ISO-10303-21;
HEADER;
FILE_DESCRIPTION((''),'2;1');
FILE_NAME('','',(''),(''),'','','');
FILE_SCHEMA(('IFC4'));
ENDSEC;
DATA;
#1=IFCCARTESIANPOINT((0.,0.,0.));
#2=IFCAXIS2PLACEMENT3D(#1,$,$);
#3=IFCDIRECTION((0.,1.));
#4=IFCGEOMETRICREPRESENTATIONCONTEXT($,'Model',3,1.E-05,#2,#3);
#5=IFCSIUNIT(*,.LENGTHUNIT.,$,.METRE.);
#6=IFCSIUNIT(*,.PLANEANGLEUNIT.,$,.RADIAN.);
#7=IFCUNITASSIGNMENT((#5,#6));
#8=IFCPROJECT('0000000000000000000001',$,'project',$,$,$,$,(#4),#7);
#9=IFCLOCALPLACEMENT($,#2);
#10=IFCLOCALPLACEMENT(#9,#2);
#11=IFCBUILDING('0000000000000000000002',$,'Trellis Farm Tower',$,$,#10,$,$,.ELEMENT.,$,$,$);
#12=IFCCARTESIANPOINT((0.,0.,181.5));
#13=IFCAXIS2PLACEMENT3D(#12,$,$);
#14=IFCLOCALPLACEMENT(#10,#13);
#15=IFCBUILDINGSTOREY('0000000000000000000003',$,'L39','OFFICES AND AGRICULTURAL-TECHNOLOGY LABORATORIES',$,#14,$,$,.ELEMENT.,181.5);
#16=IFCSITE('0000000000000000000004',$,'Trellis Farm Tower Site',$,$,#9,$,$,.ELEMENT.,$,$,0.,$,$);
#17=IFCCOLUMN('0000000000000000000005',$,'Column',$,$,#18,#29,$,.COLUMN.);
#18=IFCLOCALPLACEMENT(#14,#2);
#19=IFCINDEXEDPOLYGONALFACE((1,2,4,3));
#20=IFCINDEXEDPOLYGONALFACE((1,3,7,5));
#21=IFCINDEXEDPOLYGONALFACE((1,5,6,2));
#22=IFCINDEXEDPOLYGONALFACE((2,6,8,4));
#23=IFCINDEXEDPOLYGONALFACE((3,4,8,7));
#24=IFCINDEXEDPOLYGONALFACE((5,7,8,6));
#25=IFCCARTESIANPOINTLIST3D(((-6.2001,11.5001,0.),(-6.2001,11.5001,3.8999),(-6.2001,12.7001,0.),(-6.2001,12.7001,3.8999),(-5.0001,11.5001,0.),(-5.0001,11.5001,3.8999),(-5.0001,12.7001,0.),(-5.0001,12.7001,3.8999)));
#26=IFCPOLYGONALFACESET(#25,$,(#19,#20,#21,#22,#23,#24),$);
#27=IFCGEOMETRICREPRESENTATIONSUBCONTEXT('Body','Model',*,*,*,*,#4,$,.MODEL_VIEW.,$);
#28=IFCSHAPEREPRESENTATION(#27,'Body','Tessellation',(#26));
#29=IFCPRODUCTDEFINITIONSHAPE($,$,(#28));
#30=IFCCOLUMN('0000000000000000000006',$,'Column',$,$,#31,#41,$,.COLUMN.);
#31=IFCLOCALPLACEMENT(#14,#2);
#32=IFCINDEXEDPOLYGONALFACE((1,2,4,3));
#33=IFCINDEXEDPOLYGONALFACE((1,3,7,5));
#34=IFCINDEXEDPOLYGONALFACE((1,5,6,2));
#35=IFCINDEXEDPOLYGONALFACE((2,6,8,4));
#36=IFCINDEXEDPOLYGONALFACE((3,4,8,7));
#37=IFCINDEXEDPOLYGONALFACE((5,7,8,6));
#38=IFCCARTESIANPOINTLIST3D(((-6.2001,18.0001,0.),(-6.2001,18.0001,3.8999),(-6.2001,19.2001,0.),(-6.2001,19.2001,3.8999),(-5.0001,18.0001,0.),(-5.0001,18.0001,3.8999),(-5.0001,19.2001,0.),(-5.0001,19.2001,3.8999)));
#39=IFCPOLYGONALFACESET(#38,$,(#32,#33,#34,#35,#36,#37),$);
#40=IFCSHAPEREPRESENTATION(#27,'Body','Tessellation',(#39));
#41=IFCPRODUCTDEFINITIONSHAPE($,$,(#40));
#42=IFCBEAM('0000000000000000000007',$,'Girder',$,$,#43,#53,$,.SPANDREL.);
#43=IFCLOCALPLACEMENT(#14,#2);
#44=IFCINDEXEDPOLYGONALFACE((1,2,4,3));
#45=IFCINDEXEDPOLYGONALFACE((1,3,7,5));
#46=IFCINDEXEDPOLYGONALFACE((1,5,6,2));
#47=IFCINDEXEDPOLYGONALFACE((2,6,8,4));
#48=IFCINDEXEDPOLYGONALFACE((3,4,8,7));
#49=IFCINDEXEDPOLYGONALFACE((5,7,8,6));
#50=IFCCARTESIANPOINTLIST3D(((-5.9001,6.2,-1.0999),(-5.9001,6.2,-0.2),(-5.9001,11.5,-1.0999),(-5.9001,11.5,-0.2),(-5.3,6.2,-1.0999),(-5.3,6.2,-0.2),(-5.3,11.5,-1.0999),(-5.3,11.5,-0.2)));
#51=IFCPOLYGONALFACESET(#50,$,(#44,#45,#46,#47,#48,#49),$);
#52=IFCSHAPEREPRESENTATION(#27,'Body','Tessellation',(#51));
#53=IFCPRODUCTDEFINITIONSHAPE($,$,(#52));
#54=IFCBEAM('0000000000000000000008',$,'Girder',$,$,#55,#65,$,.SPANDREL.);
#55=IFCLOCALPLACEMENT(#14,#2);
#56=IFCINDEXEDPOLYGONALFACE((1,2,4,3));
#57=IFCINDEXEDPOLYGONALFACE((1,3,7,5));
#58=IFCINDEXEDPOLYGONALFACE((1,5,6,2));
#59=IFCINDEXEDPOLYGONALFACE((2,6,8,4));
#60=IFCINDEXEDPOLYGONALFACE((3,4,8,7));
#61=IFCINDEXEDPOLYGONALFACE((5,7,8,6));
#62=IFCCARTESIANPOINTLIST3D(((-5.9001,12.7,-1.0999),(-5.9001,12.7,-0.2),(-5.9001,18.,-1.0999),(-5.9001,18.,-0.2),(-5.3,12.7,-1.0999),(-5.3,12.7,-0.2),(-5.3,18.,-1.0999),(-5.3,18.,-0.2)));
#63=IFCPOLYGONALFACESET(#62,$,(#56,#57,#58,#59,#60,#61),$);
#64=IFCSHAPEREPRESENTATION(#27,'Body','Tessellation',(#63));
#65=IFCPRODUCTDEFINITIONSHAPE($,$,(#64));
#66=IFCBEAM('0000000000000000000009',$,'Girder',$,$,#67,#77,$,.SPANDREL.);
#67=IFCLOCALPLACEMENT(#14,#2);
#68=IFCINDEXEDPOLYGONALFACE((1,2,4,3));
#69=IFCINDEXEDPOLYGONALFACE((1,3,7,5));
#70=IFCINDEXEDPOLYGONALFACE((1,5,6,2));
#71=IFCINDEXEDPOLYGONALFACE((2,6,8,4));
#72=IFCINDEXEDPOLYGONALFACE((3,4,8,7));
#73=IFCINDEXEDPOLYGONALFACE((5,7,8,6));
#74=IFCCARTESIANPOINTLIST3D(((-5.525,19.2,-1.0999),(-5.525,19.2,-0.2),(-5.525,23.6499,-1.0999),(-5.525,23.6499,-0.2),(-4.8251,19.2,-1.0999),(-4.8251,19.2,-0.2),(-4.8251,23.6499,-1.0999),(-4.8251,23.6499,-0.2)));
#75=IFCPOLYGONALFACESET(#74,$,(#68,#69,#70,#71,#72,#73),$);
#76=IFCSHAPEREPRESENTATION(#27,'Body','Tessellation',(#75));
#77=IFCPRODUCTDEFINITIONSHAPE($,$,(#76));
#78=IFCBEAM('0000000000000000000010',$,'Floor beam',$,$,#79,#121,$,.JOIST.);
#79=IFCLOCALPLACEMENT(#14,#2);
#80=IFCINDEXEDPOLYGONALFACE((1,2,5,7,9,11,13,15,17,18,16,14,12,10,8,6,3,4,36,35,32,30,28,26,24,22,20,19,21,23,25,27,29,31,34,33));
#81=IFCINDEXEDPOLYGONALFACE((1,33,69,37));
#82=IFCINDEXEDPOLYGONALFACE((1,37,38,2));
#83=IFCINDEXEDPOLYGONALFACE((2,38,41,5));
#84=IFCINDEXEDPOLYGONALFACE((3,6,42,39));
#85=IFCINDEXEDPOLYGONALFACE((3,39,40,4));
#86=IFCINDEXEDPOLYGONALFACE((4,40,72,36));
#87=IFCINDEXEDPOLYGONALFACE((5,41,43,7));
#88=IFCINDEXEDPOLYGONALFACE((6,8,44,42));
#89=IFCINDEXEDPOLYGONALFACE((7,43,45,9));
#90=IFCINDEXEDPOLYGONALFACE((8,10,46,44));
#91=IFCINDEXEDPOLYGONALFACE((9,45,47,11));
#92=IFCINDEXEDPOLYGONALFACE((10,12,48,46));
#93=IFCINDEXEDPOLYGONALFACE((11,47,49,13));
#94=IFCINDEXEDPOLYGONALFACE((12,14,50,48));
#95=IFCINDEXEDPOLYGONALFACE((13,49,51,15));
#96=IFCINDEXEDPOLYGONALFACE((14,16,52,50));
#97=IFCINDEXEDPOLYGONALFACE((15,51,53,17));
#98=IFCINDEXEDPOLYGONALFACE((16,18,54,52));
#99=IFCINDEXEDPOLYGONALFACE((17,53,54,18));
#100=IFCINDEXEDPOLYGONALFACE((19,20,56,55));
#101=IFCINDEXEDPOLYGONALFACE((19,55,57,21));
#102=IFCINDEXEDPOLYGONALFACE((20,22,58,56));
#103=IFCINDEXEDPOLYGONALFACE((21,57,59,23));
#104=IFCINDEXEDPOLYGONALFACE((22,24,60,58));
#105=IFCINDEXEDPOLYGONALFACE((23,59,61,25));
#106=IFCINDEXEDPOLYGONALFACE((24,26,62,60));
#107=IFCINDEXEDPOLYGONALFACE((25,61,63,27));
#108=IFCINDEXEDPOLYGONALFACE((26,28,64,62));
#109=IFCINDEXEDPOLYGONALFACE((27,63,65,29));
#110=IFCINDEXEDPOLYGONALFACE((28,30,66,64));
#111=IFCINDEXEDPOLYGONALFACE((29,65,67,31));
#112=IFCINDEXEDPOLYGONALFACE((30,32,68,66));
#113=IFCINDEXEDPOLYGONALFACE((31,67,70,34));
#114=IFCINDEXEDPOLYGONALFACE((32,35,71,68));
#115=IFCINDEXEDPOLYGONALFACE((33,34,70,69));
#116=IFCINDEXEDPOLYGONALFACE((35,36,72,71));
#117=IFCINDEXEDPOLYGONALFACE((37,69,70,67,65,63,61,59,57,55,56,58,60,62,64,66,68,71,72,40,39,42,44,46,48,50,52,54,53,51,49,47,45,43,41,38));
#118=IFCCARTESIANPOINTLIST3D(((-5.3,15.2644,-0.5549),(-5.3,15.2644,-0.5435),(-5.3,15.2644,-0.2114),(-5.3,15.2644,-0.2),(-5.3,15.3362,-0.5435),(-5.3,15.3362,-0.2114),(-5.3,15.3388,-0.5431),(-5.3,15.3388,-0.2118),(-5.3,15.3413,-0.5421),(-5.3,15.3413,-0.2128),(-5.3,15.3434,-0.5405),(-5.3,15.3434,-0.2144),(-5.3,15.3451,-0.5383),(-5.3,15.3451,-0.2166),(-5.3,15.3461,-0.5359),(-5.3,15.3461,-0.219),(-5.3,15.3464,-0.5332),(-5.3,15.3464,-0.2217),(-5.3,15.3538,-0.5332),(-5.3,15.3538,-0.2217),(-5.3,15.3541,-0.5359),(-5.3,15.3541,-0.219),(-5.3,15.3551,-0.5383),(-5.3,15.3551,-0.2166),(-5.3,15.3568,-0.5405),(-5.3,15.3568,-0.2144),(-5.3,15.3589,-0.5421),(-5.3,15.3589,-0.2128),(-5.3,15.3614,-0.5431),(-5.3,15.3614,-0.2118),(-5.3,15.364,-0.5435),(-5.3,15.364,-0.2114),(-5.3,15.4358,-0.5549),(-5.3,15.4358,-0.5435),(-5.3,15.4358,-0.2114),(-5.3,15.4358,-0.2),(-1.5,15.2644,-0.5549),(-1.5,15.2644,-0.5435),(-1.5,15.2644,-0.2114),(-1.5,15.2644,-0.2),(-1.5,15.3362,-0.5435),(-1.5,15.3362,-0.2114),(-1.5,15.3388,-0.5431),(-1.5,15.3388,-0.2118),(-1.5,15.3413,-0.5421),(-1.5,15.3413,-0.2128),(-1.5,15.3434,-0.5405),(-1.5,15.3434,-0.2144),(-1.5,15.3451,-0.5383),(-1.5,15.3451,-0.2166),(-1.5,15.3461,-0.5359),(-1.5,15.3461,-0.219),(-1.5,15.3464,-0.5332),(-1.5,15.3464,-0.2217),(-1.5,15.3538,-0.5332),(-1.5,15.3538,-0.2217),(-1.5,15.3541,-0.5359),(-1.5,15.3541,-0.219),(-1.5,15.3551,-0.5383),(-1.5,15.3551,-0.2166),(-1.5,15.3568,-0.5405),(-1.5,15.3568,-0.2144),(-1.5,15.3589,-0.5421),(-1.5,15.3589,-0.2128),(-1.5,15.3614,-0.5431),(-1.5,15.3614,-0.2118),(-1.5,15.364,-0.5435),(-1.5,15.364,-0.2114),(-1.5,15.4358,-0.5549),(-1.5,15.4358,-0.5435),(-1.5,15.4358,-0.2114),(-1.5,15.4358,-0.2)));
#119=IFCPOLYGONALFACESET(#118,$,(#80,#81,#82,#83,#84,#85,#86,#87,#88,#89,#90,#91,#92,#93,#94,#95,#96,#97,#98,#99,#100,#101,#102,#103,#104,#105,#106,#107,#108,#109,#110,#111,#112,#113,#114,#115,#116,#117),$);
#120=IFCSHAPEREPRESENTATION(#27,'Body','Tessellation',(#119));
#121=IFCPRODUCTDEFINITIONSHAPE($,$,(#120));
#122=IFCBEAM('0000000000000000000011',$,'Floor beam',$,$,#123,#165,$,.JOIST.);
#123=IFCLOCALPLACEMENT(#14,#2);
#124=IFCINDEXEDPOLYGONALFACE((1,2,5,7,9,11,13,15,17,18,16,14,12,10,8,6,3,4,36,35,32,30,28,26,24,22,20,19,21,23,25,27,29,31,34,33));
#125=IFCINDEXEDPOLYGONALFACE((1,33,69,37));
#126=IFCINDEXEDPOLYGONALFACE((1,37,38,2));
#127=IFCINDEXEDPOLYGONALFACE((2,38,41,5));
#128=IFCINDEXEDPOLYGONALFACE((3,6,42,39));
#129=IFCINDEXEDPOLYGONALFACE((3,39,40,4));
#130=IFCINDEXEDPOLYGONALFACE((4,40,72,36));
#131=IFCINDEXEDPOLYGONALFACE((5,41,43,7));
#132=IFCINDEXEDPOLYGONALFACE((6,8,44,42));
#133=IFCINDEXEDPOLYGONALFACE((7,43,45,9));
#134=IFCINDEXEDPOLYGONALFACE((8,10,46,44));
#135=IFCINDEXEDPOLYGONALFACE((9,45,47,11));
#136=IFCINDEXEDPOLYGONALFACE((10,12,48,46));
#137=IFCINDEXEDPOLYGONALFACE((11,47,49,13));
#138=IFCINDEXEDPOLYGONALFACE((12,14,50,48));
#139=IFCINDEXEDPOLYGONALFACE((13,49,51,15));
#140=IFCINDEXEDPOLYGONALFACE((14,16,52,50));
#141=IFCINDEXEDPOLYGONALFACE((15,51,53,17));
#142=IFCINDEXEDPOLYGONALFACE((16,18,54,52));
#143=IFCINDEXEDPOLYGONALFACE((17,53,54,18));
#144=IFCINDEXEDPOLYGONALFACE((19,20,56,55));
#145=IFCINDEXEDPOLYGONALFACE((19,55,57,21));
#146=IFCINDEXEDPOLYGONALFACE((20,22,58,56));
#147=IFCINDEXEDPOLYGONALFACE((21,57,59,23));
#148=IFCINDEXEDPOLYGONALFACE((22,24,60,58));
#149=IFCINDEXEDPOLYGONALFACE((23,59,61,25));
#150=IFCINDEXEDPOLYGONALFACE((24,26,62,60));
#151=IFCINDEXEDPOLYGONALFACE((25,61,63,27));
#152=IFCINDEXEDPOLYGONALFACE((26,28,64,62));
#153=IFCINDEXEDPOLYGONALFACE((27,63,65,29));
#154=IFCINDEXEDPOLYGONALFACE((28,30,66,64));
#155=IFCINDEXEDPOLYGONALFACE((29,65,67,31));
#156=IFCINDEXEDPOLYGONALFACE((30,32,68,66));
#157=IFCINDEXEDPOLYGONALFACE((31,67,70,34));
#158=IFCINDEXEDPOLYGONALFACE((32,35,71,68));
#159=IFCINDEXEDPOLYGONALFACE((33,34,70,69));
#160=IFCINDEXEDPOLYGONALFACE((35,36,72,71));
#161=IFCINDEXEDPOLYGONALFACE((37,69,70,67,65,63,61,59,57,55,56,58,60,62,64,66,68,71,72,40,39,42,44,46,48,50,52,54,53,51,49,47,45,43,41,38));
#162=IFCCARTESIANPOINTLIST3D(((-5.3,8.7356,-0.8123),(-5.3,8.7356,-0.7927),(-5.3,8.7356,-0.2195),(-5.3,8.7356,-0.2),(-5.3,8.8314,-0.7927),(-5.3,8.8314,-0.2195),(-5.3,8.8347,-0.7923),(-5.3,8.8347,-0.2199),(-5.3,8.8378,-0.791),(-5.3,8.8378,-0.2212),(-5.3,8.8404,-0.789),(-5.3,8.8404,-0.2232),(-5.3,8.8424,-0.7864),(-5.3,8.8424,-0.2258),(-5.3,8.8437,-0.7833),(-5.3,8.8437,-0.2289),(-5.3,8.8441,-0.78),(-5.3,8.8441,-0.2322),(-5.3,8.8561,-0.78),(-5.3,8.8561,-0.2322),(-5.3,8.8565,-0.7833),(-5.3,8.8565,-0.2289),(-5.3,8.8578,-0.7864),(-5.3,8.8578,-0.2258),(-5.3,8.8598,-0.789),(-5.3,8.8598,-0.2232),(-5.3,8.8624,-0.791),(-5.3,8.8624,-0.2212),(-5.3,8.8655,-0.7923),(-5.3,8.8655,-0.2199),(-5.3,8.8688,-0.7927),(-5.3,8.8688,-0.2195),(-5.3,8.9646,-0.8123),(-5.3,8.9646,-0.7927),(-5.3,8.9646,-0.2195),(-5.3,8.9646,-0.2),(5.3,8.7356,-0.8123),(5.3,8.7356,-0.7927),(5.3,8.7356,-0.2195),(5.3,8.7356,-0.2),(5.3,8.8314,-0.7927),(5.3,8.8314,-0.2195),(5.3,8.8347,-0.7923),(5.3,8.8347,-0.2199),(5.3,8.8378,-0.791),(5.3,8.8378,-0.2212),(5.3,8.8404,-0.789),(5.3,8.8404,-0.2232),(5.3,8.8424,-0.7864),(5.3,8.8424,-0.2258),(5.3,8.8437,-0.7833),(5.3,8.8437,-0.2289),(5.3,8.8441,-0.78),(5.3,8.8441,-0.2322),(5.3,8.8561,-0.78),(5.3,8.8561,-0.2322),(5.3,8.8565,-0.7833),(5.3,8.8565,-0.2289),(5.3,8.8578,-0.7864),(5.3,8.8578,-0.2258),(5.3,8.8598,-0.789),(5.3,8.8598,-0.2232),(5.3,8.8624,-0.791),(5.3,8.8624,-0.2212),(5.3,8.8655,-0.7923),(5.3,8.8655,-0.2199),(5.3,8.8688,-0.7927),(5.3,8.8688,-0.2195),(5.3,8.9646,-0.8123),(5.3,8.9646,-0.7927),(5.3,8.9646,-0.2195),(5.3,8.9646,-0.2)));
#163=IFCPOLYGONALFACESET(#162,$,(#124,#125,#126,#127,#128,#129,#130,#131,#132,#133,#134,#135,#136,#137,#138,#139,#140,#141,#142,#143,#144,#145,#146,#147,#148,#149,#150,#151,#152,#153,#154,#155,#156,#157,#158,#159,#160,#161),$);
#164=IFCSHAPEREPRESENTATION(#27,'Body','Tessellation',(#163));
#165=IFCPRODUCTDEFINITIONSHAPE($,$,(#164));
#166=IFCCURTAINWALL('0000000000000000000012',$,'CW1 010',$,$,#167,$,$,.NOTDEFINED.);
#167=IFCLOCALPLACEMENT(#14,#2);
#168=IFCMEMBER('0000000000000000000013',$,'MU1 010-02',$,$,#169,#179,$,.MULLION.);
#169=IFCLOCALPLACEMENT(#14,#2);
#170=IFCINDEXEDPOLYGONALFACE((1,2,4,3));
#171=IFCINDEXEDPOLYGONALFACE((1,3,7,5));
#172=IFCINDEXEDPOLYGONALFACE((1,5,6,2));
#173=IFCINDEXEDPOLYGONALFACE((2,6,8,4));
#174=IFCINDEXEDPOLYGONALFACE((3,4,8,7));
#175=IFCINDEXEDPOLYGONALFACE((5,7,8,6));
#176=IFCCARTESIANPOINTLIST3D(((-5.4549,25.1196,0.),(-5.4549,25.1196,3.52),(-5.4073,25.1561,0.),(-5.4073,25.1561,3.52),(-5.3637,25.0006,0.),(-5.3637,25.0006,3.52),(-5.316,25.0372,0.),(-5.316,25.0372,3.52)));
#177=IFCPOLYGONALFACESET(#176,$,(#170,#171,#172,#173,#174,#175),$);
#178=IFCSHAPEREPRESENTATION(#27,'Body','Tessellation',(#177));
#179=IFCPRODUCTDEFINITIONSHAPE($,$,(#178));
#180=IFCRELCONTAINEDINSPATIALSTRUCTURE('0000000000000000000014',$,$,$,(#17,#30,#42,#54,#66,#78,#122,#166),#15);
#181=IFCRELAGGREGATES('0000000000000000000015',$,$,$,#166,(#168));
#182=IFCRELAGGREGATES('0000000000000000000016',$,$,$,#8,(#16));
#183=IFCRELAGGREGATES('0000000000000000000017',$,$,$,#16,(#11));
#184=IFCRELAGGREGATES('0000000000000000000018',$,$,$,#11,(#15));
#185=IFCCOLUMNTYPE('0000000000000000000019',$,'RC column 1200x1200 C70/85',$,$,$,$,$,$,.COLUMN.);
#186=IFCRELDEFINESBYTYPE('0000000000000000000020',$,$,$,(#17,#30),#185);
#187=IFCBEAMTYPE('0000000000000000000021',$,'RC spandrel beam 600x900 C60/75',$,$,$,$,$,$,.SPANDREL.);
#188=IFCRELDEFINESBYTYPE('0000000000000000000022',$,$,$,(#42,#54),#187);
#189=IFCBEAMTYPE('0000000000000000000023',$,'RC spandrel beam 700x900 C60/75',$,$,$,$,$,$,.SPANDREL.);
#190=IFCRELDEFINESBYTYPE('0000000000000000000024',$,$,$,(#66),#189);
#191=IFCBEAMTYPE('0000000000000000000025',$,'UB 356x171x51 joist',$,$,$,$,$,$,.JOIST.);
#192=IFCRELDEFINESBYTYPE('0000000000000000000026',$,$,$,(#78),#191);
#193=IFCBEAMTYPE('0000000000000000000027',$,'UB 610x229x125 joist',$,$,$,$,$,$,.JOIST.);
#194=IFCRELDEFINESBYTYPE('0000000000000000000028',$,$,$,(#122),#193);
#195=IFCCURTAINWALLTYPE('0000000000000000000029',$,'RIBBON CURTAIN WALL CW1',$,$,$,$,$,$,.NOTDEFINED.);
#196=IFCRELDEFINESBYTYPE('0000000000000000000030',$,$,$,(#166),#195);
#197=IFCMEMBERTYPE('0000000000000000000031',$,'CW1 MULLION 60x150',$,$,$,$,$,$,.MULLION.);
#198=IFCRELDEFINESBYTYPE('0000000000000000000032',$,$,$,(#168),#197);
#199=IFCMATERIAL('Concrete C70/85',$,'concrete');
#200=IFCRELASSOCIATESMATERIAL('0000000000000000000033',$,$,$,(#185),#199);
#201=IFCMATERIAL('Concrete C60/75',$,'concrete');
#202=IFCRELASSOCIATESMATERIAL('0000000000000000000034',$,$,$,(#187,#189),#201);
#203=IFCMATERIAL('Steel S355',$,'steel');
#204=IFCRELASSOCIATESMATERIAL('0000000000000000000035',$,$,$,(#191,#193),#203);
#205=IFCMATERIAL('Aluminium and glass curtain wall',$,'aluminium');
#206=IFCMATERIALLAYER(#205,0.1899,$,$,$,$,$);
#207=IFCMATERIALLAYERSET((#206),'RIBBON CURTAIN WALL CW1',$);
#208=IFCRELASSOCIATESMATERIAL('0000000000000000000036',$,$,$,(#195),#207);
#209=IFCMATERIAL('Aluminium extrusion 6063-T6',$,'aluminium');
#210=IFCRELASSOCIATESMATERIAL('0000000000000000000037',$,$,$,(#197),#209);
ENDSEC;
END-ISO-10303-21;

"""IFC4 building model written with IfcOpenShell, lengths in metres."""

from ifc_helpers import new_model, si_unit, direction, frame, origin, origin_2d, place, context, subcontext, project, spatial, rectangle, i_section, extrude, source, transform, mapped, material, layer, layer_set, material_profile, profile_set, type_object, element, aggregate, save


model = new_model("IFC4")

# Units and contexts
model_context = context("Model", 3, precision=1e-05, world=origin(), true_north=direction((0.0, 1.0)))
body_context = subcontext(model_context, "Body", "Model", "MODEL_VIEW")
ifc_project = project(units=[si_unit("LENGTHUNIT", "METRE"), si_unit("PLANEANGLEUNIT", "RADIAN")], contexts=[model_context])

# Site, building, storey
site_placement = place(None, origin())
site = spatial("IfcSite", under=ifc_project, at=site_placement, Name="Trellis Farm Tower Site", CompositionType="ELEMENT", RefElevation=0.0)
building_placement = place(site_placement, origin())
building = spatial("IfcBuilding", under=site, at=building_placement, Name="Trellis Farm Tower", CompositionType="ELEMENT")
storey_placement = place(building_placement, frame((0.0, 0.0, 181.5)))
storey = spatial("IfcBuildingStorey", under=building, at=storey_placement, Name="L39", Description="OFFICES AND AGRICULTURAL-TECHNOLOGY LABORATORIES", CompositionType="ELEMENT", Elevation=181.5)

# Columns
ifc_material_1 = material(Name="Concrete C70/85", Category="concrete")
ifc_material_profile_1 = material_profile(ifc_material_1, rectangle(XDim=1.2, YDim=1.2, at=origin_2d()), Name="RC column 1200x1200 C70/85")
ifc_profile_set_1 = profile_set([ifc_material_profile_1], Name="Concrete C70/85")
column_type = type_object("IfcColumnType", Name="RC column 1200x1200 C70/85", PredefinedType="COLUMN", material=ifc_profile_set_1)
shared_shape_1 = source(origin(), body_context, "Body", "SweptSolid", [
    extrude(rectangle(XDim=1.2, YDim=1.2, at=origin_2d()), origin(), (0.0, 0.0, 1.0), 3.8999),
])
for number, where, z_axis, x_axis, name in (
    (1, (-5.6001, 12.1001, 0.0), (0.0, 0.0, 1.0), (1.0, 0.0, 0.0), "Column"),
    (2, (-5.6001, 18.6001, 0.0), (0.0, 0.0, 1.0), (1.0, 0.0, 0.0), "Column"),
):
    element("IfcColumn", number, at=place(storey_placement, frame(where, z_axis=z_axis, x_axis=x_axis)), inside=storey, type_object=column_type, Name=name, PredefinedType="COLUMN", context=body_context, shape_type="MappedRepresentation", body=[
        mapped(shared_shape_1, transform((0.0, 0.0, 0.0))),
    ])

# Beams
ifc_material_2 = material(Name="Concrete C60/75", Category="concrete")
ifc_material_profile_2 = material_profile(ifc_material_2, rectangle(XDim=0.6001, YDim=0.8999, at=origin_2d()), Name="RC spandrel beam 600x900 C60/75")
ifc_profile_set_2 = profile_set([ifc_material_profile_2], Name="Concrete C60/75")
beam_type_1 = type_object("IfcBeamType", Name="RC spandrel beam 600x900 C60/75", PredefinedType="SPANDREL", material=ifc_profile_set_2)
shared_shape_2 = source(origin(), body_context, "Body", "SweptSolid", [
    extrude(rectangle(XDim=0.6001, YDim=0.8999, at=origin_2d()), origin(), (0.0, 0.0, 1.0), 5.3),
])
for number, where, z_axis, x_axis, name in (
    (3, (-5.6001, 6.2, -0.6499), (0.0, 1.0, 0.0), (-1.0, 0.0, 0.0), "Girder"),
    (4, (-5.6001, 12.7, -0.6499), (0.0, 1.0, 0.0), (-1.0, 0.0, 0.0), "Girder"),
):
    element("IfcBeam", number, at=place(storey_placement, frame(where, z_axis=z_axis, x_axis=x_axis)), inside=storey, type_object=beam_type_1, Name=name, PredefinedType="SPANDREL", context=body_context, shape_type="MappedRepresentation", body=[
        mapped(shared_shape_2, transform((0.0, 0.0, 0.0))),
    ])
ifc_material_profile_3 = material_profile(ifc_material_2, rectangle(XDim=0.7, YDim=0.8999, at=origin_2d()), Name="RC spandrel beam 700x900 C60/75")
ifc_profile_set_3 = profile_set([ifc_material_profile_3], Name="Concrete C60/75")
beam_type_2 = type_object("IfcBeamType", Name="RC spandrel beam 700x900 C60/75", PredefinedType="SPANDREL", material=ifc_profile_set_3)
shared_shape_3 = source(origin(), body_context, "Body", "SweptSolid", [
    extrude(rectangle(XDim=0.7, YDim=0.8999, at=origin_2d()), origin(), (0.0, 0.0, 1.0), 4.45),
])
beam_1_placement = place(storey_placement, frame((-5.175, 19.2, -0.6499), z_axis=(0.0, 1.0, 0.0), x_axis=(-1.0, 0.0, 0.0)))
element("IfcBeam", 5, at=beam_1_placement, inside=storey, type_object=beam_type_2, Name="Girder", PredefinedType="SPANDREL", context=body_context, shape_type="MappedRepresentation", body=[
    mapped(shared_shape_3, transform((0.0, 0.0, 0.0))),
])
ifc_material_3 = material(Name="Steel S355", Category="steel")
ifc_material_profile_4 = material_profile(ifc_material_3, i_section(OverallWidth=0.1714, OverallDepth=0.355, WebThickness=0.0073, FlangeThickness=0.0115, FilletRadius=0.0103, at=origin_2d()), Name="UB 356x171x51")
ifc_profile_set_4 = profile_set([ifc_material_profile_4], Name="Steel S355")
beam_type_3 = type_object("IfcBeamType", Name="UB 356x171x51 joist", PredefinedType="JOIST", material=ifc_profile_set_4)
shared_shape_4 = source(origin(), body_context, "Body", "SweptSolid", [
    extrude(i_section(OverallWidth=0.1714, OverallDepth=0.355, WebThickness=0.0073, FlangeThickness=0.0115, FilletRadius=0.0103, at=origin_2d()), origin(), (0.0, 0.0, 1.0), 3.8),
])
beam_2_placement = place(storey_placement, frame((-5.3, 15.3501, -0.3774), z_axis=(1.0, 0.0, 0.0), x_axis=(0.0, 1.0, 0.0)))
element("IfcBeam", 6, at=beam_2_placement, inside=storey, type_object=beam_type_3, Name="Floor beam", PredefinedType="JOIST", context=body_context, shape_type="MappedRepresentation", body=[
    mapped(shared_shape_4, transform((0.0, 0.0, 0.0))),
])
ifc_material_profile_5 = material_profile(ifc_material_3, i_section(OverallWidth=0.229, OverallDepth=0.6123, WebThickness=0.012, FlangeThickness=0.0195, FilletRadius=0.0127, at=origin_2d()), Name="UB 610x229x125")
ifc_profile_set_5 = profile_set([ifc_material_profile_5], Name="Steel S355")
beam_type_4 = type_object("IfcBeamType", Name="UB 610x229x125 joist", PredefinedType="JOIST", material=ifc_profile_set_5)
shared_shape_5 = source(origin(), body_context, "Body", "SweptSolid", [
    extrude(i_section(OverallWidth=0.229, OverallDepth=0.6123, WebThickness=0.012, FlangeThickness=0.0195, FilletRadius=0.0127, at=origin_2d()), origin(), (0.0, 0.0, 1.0), 10.6001),
])
beam_3_placement = place(storey_placement, frame((-5.3, 8.8501, -0.5061), z_axis=(1.0, 0.0, 0.0), x_axis=(0.0, 1.0, 0.0)))
element("IfcBeam", 7, at=beam_3_placement, inside=storey, type_object=beam_type_4, Name="Floor beam", PredefinedType="JOIST", context=body_context, shape_type="MappedRepresentation", body=[
    mapped(shared_shape_5, transform((0.0, 0.0, 0.0))),
])

# Curtain wall, member
ifc_material_4 = material(Name="Aluminium and glass curtain wall", Category="aluminium")
ifc_layer_1 = layer(ifc_material_4, 0.1899)
ifc_layer_set_1 = layer_set([ifc_layer_1], Name="RIBBON CURTAIN WALL CW1")
curtain_wall_type_1 = type_object("IfcCurtainWallType", Name="RIBBON CURTAIN WALL CW1", PredefinedType="NOTDEFINED", material=ifc_layer_set_1)
placement = place(storey_placement, origin())
curtain_wall_1 = element("IfcCurtainWall", 8, at=placement, inside=storey, type_object=curtain_wall_type_1, Name="CW1 010", PredefinedType="NOTDEFINED")
ifc_material_5 = material(Name="Aluminium extrusion 6063-T6", Category="aluminium")
ifc_material_profile_6 = material_profile(ifc_material_5, rectangle(XDim=0.0601, YDim=0.1499, at=origin_2d()), Name="MULLION 60x150")
ifc_profile_set_6 = profile_set([ifc_material_profile_6], Name="Aluminium extrusion 6063-T6")
member_type_1 = type_object("IfcMemberType", Name="CW1 MULLION 60x150", PredefinedType="MULLION", material=ifc_profile_set_6)
shared_shape_6 = source(origin(), body_context, "Body", "SweptSolid", [
    extrude(rectangle(XDim=0.0601, YDim=0.1499, at=origin_2d()), origin(), (0.0, 0.0, 1.0), 3.52),
])
member_1_placement = place(storey_placement, frame((-5.3855, 25.0784, 0.0), z_axis=(0.0, 0.0, 1.0), x_axis=(-0.793353, -0.608761, 0.0)))
member_1 = element("IfcMember", 9, at=member_1_placement, type_object=member_type_1, Name="MU1 010-02", PredefinedType="MULLION", context=body_context, shape_type="MappedRepresentation", body=[
    mapped(shared_shape_6, transform((0.0, 0.0, 0.0))),
])
aggregate(curtain_wall_1, [member_1])

save(model, "model.ifc")
